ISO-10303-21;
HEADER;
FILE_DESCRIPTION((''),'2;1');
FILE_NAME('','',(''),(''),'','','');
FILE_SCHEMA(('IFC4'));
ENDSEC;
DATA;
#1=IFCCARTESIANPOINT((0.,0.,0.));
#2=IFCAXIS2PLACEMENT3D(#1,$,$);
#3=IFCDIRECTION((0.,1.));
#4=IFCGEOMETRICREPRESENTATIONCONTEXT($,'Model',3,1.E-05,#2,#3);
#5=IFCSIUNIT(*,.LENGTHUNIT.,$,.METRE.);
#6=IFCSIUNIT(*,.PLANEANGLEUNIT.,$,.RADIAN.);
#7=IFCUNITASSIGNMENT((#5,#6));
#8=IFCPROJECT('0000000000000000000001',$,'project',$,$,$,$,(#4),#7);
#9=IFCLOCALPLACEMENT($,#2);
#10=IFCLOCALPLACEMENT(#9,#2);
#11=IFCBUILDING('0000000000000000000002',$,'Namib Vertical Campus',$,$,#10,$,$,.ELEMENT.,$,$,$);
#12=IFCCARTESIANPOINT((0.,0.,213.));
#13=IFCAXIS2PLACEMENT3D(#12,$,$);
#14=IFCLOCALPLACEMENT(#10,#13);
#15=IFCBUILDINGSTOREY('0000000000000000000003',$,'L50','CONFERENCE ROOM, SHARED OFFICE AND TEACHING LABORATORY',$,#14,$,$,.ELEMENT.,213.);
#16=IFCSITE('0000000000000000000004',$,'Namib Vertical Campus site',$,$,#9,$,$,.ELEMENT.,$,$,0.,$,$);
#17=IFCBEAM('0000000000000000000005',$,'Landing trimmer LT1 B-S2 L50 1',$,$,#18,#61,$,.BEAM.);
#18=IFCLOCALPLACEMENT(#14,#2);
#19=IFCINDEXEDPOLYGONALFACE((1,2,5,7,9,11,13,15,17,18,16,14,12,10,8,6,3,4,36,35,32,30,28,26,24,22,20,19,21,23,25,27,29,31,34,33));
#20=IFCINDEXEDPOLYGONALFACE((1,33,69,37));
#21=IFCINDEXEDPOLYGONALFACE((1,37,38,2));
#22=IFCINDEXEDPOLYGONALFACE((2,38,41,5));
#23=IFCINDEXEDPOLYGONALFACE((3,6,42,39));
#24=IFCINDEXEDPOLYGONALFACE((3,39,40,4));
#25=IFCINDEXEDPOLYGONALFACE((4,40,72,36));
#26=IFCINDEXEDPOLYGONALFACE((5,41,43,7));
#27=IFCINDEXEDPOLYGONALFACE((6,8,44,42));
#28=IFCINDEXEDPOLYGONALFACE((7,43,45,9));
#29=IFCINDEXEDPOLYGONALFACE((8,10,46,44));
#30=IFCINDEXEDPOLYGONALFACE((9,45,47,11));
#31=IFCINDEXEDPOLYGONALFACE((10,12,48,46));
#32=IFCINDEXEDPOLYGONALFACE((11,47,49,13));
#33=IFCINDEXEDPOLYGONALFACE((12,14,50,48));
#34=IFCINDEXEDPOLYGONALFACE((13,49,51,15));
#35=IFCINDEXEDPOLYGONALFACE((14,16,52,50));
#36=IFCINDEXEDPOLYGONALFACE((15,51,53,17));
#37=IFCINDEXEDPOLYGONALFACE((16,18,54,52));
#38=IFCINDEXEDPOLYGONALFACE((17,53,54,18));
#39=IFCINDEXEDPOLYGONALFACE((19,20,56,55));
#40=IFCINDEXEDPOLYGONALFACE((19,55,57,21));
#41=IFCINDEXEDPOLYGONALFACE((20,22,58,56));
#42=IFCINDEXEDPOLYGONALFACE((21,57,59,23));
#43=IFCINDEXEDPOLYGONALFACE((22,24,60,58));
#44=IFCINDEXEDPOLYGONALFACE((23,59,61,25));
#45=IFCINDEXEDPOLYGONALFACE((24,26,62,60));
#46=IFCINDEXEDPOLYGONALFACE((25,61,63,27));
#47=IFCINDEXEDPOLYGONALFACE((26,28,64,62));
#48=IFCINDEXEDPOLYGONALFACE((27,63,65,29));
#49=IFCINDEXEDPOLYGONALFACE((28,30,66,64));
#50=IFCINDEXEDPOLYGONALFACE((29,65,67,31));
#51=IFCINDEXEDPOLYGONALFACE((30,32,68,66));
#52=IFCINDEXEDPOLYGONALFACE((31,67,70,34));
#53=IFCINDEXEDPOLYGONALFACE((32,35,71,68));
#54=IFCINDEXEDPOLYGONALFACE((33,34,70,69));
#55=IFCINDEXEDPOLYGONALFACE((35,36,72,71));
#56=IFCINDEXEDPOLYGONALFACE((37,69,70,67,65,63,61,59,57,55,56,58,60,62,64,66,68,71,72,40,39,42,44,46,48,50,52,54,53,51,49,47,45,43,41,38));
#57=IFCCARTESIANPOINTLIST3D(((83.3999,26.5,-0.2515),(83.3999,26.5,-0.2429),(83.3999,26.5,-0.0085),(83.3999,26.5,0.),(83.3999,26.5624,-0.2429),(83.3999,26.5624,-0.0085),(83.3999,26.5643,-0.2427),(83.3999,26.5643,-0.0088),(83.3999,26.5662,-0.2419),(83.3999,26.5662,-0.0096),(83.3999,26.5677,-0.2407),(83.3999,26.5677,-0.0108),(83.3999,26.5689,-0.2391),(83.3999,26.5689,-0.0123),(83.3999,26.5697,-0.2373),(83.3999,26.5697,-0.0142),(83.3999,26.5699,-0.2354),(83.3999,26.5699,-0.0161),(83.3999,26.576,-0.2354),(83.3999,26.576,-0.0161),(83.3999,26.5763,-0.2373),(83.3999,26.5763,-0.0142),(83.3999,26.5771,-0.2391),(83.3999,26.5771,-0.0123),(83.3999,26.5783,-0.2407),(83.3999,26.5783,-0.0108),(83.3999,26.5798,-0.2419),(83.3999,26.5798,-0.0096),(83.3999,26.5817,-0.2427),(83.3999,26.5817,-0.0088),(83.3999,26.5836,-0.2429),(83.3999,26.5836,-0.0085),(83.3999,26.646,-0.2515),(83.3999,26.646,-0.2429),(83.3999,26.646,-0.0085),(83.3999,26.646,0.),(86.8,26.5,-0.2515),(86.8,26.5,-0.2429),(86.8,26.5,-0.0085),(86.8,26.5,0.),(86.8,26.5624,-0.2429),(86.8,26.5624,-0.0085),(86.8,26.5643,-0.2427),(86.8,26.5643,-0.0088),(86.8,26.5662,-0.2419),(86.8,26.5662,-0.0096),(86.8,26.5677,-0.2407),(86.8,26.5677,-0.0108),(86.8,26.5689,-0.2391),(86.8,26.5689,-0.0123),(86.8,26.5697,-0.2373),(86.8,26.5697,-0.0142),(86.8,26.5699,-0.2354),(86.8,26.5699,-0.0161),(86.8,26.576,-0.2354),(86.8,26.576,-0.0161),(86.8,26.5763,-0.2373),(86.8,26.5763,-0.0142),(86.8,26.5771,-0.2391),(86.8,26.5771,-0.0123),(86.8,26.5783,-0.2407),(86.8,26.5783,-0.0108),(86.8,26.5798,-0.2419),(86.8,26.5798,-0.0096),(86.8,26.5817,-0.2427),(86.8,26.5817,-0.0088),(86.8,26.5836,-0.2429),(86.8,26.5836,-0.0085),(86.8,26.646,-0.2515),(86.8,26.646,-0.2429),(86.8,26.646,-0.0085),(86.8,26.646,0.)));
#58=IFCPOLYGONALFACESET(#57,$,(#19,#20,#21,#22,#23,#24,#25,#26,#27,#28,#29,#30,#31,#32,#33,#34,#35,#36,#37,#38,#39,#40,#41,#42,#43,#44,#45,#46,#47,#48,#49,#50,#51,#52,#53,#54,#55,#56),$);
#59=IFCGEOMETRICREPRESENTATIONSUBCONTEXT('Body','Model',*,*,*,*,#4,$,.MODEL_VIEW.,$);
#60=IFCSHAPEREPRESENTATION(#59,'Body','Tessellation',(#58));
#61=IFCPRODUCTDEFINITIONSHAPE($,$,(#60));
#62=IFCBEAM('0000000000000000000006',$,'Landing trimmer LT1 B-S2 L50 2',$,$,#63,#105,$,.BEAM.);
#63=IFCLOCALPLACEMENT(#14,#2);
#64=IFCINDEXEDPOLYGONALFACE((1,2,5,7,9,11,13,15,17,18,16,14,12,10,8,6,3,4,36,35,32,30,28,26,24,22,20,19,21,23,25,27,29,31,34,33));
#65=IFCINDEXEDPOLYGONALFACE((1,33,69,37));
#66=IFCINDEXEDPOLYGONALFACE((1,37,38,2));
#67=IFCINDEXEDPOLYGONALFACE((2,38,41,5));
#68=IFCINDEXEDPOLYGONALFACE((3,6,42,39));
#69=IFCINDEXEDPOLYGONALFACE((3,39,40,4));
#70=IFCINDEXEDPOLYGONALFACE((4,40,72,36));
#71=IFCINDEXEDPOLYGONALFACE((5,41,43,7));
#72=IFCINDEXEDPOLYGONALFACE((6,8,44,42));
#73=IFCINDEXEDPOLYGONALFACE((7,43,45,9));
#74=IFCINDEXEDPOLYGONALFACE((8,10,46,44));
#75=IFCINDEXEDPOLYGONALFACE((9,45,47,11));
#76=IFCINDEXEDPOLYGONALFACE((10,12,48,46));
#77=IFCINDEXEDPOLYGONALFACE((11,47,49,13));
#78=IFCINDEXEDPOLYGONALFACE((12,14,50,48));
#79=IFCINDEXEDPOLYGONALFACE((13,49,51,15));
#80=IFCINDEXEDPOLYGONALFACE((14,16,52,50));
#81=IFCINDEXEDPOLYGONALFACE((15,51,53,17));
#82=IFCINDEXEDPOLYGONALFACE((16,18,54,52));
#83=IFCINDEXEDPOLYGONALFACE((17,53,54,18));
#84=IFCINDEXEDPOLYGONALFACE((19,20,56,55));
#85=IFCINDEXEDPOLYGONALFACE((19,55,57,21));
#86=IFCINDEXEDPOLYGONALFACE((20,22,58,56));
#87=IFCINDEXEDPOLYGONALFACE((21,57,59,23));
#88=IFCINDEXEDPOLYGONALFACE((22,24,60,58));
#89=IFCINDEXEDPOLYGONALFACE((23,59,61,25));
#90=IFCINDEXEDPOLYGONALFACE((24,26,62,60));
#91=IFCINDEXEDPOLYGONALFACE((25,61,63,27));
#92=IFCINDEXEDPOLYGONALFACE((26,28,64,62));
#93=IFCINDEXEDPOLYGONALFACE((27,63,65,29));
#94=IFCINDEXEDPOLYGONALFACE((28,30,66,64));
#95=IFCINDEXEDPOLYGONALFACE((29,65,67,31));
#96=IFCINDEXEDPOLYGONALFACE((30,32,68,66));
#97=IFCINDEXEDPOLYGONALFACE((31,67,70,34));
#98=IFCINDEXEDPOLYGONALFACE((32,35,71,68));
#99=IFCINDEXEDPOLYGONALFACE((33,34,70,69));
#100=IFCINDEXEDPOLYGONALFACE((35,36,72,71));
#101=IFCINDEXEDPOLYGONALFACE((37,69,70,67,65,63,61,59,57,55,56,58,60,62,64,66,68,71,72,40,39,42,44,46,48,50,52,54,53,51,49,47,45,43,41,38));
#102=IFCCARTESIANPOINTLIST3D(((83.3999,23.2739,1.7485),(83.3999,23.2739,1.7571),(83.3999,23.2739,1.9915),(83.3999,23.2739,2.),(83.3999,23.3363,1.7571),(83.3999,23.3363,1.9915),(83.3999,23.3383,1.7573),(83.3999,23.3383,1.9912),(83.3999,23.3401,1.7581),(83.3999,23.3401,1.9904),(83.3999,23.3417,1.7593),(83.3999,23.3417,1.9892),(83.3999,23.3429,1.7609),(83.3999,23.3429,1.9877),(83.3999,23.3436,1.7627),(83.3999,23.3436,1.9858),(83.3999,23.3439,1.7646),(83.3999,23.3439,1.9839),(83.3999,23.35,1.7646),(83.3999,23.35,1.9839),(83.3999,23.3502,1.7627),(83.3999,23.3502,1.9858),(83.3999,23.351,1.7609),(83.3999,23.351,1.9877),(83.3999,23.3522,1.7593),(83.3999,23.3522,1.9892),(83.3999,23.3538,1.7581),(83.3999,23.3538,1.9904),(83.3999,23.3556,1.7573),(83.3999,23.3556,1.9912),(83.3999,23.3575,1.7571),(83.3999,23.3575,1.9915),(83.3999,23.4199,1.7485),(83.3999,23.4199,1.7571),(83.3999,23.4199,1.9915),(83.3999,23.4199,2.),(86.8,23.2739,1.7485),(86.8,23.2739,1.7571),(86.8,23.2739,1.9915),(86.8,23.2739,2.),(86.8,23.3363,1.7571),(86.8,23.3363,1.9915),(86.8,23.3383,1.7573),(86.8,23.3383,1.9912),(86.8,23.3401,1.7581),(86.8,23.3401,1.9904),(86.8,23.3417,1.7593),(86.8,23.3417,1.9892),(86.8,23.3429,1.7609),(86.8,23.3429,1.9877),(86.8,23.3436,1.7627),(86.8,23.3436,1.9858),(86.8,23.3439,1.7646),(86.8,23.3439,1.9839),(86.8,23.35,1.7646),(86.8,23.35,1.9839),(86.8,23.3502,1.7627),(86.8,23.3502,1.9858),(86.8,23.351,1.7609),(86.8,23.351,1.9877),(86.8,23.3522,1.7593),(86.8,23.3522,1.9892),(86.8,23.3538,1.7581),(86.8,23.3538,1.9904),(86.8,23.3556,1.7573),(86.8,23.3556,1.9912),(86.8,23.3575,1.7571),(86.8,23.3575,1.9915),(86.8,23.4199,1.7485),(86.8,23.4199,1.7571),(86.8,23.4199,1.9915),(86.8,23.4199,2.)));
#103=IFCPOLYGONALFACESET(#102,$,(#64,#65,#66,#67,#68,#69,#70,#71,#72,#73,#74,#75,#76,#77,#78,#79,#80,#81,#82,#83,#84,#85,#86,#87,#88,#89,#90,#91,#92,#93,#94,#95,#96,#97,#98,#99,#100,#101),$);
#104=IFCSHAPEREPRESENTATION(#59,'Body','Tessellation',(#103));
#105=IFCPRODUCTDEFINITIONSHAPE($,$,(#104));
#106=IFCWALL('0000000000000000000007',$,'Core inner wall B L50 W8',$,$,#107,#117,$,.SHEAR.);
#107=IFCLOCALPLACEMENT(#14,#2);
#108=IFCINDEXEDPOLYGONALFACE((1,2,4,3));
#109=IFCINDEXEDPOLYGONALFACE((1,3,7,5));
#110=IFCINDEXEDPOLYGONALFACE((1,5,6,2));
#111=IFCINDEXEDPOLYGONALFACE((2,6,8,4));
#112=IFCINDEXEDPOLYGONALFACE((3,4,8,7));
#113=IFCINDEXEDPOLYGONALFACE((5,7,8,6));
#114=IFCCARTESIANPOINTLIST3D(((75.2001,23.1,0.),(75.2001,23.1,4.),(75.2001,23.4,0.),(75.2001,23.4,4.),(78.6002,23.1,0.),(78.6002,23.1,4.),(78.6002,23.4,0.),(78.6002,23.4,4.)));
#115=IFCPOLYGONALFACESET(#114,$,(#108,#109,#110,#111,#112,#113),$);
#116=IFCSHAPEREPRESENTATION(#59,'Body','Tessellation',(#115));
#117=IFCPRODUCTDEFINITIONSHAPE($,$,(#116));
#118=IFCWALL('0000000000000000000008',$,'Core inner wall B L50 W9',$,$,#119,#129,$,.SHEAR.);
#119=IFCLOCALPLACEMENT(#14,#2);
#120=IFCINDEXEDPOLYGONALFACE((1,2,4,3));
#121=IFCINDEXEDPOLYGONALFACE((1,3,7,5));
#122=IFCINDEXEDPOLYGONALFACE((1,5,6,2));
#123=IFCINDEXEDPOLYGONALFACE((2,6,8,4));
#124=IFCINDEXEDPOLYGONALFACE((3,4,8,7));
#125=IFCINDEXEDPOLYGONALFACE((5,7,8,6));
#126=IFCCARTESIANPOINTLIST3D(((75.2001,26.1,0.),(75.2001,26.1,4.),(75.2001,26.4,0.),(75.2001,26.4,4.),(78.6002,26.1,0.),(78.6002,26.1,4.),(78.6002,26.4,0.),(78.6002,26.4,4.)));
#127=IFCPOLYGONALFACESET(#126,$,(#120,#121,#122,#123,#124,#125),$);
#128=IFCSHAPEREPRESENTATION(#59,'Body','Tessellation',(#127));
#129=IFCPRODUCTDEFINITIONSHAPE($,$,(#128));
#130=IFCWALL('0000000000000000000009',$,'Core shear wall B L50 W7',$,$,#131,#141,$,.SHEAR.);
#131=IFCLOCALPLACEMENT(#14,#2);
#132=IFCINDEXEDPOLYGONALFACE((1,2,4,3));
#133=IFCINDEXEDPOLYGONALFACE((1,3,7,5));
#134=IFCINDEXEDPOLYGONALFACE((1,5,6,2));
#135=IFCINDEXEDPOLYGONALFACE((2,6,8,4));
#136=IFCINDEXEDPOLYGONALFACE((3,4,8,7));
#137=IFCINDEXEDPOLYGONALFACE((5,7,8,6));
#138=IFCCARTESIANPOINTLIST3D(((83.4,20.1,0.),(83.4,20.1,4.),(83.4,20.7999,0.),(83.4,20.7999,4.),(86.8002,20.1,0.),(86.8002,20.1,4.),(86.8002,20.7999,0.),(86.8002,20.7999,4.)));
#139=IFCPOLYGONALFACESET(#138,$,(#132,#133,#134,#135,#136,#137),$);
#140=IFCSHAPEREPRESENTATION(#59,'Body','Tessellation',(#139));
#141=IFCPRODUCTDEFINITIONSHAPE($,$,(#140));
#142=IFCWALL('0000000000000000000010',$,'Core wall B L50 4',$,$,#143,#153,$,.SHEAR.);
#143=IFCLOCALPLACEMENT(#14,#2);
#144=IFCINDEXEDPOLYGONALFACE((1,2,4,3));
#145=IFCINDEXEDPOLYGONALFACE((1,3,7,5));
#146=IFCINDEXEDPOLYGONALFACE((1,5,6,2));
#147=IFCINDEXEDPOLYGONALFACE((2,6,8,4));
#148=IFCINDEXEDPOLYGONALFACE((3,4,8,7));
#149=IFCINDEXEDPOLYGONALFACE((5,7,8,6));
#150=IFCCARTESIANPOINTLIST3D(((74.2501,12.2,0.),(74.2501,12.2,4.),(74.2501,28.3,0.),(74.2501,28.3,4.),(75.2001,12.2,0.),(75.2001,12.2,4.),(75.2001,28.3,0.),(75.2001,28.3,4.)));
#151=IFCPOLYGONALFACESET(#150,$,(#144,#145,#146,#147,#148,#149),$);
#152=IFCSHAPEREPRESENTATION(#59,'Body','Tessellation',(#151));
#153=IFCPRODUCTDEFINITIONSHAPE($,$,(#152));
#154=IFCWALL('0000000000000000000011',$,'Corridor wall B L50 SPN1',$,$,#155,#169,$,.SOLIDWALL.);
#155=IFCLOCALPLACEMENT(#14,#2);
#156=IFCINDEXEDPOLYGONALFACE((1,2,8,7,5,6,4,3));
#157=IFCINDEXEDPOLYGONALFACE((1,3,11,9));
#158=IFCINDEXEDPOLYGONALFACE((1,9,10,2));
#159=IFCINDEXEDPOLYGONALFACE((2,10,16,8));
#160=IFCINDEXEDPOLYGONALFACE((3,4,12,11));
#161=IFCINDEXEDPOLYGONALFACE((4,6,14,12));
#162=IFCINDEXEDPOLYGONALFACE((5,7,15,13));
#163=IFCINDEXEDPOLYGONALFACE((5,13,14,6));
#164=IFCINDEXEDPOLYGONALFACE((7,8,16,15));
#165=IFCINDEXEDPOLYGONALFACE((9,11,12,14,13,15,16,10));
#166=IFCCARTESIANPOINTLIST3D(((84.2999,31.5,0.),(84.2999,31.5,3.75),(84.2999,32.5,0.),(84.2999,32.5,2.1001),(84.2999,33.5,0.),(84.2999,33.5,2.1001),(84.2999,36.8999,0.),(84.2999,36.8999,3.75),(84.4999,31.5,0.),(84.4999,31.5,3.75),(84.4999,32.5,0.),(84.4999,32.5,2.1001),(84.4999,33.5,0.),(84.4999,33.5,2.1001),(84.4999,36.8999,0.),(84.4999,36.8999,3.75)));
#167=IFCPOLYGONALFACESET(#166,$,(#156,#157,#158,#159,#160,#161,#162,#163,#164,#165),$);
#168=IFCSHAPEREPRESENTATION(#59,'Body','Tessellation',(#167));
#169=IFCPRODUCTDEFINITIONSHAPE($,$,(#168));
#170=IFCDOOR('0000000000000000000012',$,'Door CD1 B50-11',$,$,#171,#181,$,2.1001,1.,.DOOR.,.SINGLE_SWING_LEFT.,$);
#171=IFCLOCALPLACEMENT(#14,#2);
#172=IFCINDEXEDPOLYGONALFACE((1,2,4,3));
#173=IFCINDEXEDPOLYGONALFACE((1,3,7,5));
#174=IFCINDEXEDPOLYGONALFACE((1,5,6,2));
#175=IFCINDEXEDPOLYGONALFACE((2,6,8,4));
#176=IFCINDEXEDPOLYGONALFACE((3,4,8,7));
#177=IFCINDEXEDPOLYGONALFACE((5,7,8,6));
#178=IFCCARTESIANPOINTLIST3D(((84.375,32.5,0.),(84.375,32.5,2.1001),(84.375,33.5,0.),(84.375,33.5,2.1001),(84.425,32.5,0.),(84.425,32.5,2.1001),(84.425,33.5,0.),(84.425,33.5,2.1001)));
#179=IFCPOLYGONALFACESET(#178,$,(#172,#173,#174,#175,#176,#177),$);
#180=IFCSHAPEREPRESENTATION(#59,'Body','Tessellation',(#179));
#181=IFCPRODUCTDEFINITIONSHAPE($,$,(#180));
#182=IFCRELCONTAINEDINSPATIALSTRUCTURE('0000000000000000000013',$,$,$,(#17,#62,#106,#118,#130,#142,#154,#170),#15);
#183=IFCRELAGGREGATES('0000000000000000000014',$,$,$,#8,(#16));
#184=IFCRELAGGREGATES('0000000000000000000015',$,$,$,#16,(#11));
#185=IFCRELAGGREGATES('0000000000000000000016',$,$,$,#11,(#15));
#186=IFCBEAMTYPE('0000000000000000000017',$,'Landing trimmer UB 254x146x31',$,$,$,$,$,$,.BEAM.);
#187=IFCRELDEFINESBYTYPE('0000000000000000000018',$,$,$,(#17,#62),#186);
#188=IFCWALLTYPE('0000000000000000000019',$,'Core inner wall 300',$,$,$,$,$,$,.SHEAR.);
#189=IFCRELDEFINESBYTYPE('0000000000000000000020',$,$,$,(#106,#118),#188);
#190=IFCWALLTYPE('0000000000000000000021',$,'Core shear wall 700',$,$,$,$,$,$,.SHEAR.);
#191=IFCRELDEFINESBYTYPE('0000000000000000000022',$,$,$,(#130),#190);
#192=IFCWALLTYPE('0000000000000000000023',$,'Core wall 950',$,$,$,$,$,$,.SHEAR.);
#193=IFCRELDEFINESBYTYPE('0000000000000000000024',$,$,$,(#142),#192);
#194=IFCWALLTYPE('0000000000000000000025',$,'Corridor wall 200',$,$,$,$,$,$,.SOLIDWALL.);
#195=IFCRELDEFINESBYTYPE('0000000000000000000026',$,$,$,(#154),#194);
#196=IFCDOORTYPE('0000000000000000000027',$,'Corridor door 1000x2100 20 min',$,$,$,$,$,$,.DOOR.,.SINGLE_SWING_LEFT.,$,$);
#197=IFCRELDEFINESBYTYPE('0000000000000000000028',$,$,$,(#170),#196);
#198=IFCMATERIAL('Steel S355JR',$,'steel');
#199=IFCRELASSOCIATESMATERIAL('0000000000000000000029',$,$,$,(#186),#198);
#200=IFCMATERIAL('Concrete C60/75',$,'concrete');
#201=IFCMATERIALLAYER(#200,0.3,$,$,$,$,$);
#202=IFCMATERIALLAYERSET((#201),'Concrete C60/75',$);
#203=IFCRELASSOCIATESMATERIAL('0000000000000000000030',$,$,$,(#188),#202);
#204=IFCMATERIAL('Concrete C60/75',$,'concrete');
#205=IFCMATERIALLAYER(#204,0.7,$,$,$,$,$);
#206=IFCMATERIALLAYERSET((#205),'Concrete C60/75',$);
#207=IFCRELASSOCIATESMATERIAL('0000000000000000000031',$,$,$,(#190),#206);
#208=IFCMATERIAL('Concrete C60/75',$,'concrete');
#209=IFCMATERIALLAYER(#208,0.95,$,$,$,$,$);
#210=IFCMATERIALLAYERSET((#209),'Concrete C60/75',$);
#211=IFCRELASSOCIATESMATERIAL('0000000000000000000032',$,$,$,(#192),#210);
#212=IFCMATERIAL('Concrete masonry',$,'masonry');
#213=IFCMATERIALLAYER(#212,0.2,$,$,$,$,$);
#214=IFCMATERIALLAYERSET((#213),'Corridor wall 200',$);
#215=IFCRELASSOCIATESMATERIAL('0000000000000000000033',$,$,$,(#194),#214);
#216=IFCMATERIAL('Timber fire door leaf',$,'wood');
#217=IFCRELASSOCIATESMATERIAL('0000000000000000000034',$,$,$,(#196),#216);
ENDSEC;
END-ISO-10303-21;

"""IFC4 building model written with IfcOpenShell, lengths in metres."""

from ifc_helpers import new_model, si_unit, direction, frame, frame_2d, origin, origin_2d, place, context, subcontext, project, spatial, rectangle, i_section, extrude, material, layer, layer_set, material_profile, profile_set, type_object, element, fill, save


model = new_model("IFC4")

# Units and contexts
model_context = context("Model", 3, precision=1e-05, world=origin(), true_north=direction((0.0, 1.0)))
body_context = subcontext(model_context, "Body", "Model", "MODEL_VIEW")
ifc_project = project(units=[si_unit("LENGTHUNIT", "METRE"), si_unit("PLANEANGLEUNIT", "RADIAN")], contexts=[model_context])

# Site, building, storey
site_placement = place(None, origin())
site = spatial("IfcSite", under=ifc_project, at=site_placement, Name="Namib Vertical Campus site", CompositionType="ELEMENT", RefElevation=0.0)
building_placement = place(site_placement, origin())
building = spatial("IfcBuilding", under=site, at=building_placement, Name="Namib Vertical Campus", CompositionType="ELEMENT")
storey_placement = place(building_placement, frame((0.0, 0.0, 213.0)))
storey = spatial("IfcBuildingStorey", under=building, at=storey_placement, Name="L50", Description="CONFERENCE ROOM, SHARED OFFICE AND TEACHING LABORATORY", CompositionType="ELEMENT", Elevation=213.0)

# Beams
ifc_material_1 = material(Name="Steel S355JR", Category="steel")
ifc_material_profile = material_profile(ifc_material_1, i_section(OverallWidth=0.146, OverallDepth=0.2515, WebThickness=0.0061, FlangeThickness=0.0085, FilletRadius=0.0076, at=origin_2d()))
ifc_profile_set = profile_set([ifc_material_profile], Name="Steel S355JR")
beam_type = type_object("IfcBeamType", Name="Landing trimmer UB 254x146x31", PredefinedType="BEAM", material=ifc_profile_set)
for number, where, z_axis, x_axis, name in (
    (1, (83.3999, 26.573, -0.1257), (1.0, 0.0, 0.0), (0.0, 1.0, 0.0), "Landing trimmer LT1 B-S2 L50 1"),
    (2, (83.3999, 23.3469, 1.8743), (1.0, 0.0, 0.0), (0.0, 1.0, 0.0), "Landing trimmer LT1 B-S2 L50 2"),
):
    element("IfcBeam", number, at=place(storey_placement, frame(where, z_axis=z_axis, x_axis=x_axis)), inside=storey, type_object=beam_type, Name=name, PredefinedType="BEAM", context=body_context, shape_type="SweptSolid", body=[
        extrude(i_section(OverallWidth=0.146, OverallDepth=0.2515, WebThickness=0.0061, FlangeThickness=0.0085, FilletRadius=0.0076, at=origin_2d()), origin(), (0.0, 0.0, 1.0), 3.4001),
    ])

# Walls
ifc_material_2 = material(Name="Concrete C60/75", Category="concrete")
ifc_layer_1 = layer(ifc_material_2, 0.3)
ifc_layer_set_1 = layer_set([ifc_layer_1], Name="Concrete C60/75")
wall_type_1 = type_object("IfcWallType", Name="Core inner wall 300", PredefinedType="SHEAR", material=ifc_layer_set_1)
for number, where, z_axis, x_axis, name in (
    (3, (75.2, 23.25, 0.0), (0.0, 0.0, 1.0), (1.0, 0.0, 0.0), "Core inner wall B L50 W8"),
    (4, (75.2, 26.25, 0.0), (0.0, 0.0, 1.0), (1.0, 0.0, 0.0), "Core inner wall B L50 W9"),
):
    element("IfcWall", number, at=place(storey_placement, frame(where, z_axis=z_axis, x_axis=x_axis)), inside=storey, type_object=wall_type_1, Name=name, PredefinedType="SHEAR", context=body_context, shape_type="SweptSolid", body=[
        extrude(rectangle(XDim=3.4001, YDim=0.3, at=frame_2d((1.7002, 0.0))), origin(), (0.0, 0.0, 1.0), 4.0),
    ])
ifc_material_3 = material(Name="Concrete C60/75", Category="concrete")
ifc_layer_2 = layer(ifc_material_3, 0.7)
ifc_layer_set_2 = layer_set([ifc_layer_2], Name="Concrete C60/75")
wall_type_2 = type_object("IfcWallType", Name="Core shear wall 700", PredefinedType="SHEAR", material=ifc_layer_set_2)
wall_1_placement = place(storey_placement, frame((83.3999, 20.45, 0.0), z_axis=(0.0, 0.0, 1.0), x_axis=(1.0, 0.0, 0.0)))
element("IfcWall", 5, at=wall_1_placement, inside=storey, type_object=wall_type_2, Name="Core shear wall B L50 W7", PredefinedType="SHEAR", context=body_context, shape_type="SweptSolid", body=[
    extrude(rectangle(XDim=3.4001, YDim=0.7, at=frame_2d((1.7002, 0.0))), origin(), (0.0, 0.0, 1.0), 4.0),
])
ifc_material_4 = material(Name="Concrete C60/75", Category="concrete")
ifc_layer_3 = layer(ifc_material_4, 0.95)
ifc_layer_set_3 = layer_set([ifc_layer_3], Name="Concrete C60/75")
wall_type_3 = type_object("IfcWallType", Name="Core wall 950", PredefinedType="SHEAR", material=ifc_layer_set_3)
wall_2_placement = place(storey_placement, frame((74.7251, 28.3, 0.0), z_axis=(0.0, 0.0, 1.0), x_axis=(0.0, -1.0, 0.0)))
element("IfcWall", 6, at=wall_2_placement, inside=storey, type_object=wall_type_3, Name="Core wall B L50 4", PredefinedType="SHEAR", context=body_context, shape_type="SweptSolid", body=[
    extrude(rectangle(XDim=16.1001, YDim=0.95, at=frame_2d((8.05, 0.0))), origin(), (0.0, 0.0, 1.0), 4.0),
])

# Wall, opening, door
ifc_material_5 = material(Name="Concrete masonry", Category="masonry")
ifc_layer_4 = layer(ifc_material_5, 0.2)
ifc_layer_set_4 = layer_set([ifc_layer_4], Name="Corridor wall 200")
wall_type_4 = type_object("IfcWallType", Name="Corridor wall 200", PredefinedType="SOLIDWALL", material=ifc_layer_set_4)
wall_3_placement = place(storey_placement, frame((84.3999, 31.5, 0.0), z_axis=(0.0, 0.0, 1.0), x_axis=(0.0, 1.0, 0.0)))
wall_3 = element("IfcWall", 7, at=wall_3_placement, inside=storey, type_object=wall_type_4, Name="Corridor wall B L50 SPN1", PredefinedType="SOLIDWALL", context=body_context, shape_type="SweptSolid", body=[
    extrude(rectangle(XDim=5.3999, YDim=0.2, at=frame_2d((2.7, 0.0))), origin(), (0.0, 0.0, 1.0), 3.75),
])
opening_1_placement = place(wall_3_placement, frame((1.0, 0.0, 0.0)))
opening_1 = element("IfcOpeningElement", 8, at=opening_1_placement, cuts=wall_3, PredefinedType="OPENING", context=body_context, shape_type="SweptSolid", body=[
    extrude(rectangle(XDim=1.0, YDim=2.1001, at=frame_2d((0.5, 1.05))), frame((0.0, 0.1099, 0.0), z_axis=(0.0, -1.0, 0.0), x_axis=(1.0, 0.0, 0.0)), (0.0, 0.0, 1.0), 0.22),
])
ifc_material_6 = material(Name="Timber fire door leaf", Category="wood")
door_type_1 = type_object("IfcDoorType", Name="Corridor door 1000x2100 20 min", OperationType="SINGLE_SWING_LEFT", PredefinedType="DOOR", material=ifc_material_6)
door_1_placement = place(opening_1_placement, origin())
door_1 = element("IfcDoor", 9, at=door_1_placement, inside=storey, type_object=door_type_1, Name="Door CD1 B50-11", OperationType="SINGLE_SWING_LEFT", OverallHeight=2.1001, OverallWidth=1.0, PredefinedType="DOOR", context=body_context, shape_type="SweptSolid", body=[
    extrude(rectangle(XDim=1.0, YDim=2.1001, at=frame_2d((0.5, 1.05))), frame((0.0, 0.0249, 0.0), z_axis=(0.0, -1.0, 0.0), x_axis=(1.0, 0.0, 0.0)), (0.0, 0.0, 1.0), 0.05),
])
fill(opening_1, door_1)

save(model, "model.ifc")
